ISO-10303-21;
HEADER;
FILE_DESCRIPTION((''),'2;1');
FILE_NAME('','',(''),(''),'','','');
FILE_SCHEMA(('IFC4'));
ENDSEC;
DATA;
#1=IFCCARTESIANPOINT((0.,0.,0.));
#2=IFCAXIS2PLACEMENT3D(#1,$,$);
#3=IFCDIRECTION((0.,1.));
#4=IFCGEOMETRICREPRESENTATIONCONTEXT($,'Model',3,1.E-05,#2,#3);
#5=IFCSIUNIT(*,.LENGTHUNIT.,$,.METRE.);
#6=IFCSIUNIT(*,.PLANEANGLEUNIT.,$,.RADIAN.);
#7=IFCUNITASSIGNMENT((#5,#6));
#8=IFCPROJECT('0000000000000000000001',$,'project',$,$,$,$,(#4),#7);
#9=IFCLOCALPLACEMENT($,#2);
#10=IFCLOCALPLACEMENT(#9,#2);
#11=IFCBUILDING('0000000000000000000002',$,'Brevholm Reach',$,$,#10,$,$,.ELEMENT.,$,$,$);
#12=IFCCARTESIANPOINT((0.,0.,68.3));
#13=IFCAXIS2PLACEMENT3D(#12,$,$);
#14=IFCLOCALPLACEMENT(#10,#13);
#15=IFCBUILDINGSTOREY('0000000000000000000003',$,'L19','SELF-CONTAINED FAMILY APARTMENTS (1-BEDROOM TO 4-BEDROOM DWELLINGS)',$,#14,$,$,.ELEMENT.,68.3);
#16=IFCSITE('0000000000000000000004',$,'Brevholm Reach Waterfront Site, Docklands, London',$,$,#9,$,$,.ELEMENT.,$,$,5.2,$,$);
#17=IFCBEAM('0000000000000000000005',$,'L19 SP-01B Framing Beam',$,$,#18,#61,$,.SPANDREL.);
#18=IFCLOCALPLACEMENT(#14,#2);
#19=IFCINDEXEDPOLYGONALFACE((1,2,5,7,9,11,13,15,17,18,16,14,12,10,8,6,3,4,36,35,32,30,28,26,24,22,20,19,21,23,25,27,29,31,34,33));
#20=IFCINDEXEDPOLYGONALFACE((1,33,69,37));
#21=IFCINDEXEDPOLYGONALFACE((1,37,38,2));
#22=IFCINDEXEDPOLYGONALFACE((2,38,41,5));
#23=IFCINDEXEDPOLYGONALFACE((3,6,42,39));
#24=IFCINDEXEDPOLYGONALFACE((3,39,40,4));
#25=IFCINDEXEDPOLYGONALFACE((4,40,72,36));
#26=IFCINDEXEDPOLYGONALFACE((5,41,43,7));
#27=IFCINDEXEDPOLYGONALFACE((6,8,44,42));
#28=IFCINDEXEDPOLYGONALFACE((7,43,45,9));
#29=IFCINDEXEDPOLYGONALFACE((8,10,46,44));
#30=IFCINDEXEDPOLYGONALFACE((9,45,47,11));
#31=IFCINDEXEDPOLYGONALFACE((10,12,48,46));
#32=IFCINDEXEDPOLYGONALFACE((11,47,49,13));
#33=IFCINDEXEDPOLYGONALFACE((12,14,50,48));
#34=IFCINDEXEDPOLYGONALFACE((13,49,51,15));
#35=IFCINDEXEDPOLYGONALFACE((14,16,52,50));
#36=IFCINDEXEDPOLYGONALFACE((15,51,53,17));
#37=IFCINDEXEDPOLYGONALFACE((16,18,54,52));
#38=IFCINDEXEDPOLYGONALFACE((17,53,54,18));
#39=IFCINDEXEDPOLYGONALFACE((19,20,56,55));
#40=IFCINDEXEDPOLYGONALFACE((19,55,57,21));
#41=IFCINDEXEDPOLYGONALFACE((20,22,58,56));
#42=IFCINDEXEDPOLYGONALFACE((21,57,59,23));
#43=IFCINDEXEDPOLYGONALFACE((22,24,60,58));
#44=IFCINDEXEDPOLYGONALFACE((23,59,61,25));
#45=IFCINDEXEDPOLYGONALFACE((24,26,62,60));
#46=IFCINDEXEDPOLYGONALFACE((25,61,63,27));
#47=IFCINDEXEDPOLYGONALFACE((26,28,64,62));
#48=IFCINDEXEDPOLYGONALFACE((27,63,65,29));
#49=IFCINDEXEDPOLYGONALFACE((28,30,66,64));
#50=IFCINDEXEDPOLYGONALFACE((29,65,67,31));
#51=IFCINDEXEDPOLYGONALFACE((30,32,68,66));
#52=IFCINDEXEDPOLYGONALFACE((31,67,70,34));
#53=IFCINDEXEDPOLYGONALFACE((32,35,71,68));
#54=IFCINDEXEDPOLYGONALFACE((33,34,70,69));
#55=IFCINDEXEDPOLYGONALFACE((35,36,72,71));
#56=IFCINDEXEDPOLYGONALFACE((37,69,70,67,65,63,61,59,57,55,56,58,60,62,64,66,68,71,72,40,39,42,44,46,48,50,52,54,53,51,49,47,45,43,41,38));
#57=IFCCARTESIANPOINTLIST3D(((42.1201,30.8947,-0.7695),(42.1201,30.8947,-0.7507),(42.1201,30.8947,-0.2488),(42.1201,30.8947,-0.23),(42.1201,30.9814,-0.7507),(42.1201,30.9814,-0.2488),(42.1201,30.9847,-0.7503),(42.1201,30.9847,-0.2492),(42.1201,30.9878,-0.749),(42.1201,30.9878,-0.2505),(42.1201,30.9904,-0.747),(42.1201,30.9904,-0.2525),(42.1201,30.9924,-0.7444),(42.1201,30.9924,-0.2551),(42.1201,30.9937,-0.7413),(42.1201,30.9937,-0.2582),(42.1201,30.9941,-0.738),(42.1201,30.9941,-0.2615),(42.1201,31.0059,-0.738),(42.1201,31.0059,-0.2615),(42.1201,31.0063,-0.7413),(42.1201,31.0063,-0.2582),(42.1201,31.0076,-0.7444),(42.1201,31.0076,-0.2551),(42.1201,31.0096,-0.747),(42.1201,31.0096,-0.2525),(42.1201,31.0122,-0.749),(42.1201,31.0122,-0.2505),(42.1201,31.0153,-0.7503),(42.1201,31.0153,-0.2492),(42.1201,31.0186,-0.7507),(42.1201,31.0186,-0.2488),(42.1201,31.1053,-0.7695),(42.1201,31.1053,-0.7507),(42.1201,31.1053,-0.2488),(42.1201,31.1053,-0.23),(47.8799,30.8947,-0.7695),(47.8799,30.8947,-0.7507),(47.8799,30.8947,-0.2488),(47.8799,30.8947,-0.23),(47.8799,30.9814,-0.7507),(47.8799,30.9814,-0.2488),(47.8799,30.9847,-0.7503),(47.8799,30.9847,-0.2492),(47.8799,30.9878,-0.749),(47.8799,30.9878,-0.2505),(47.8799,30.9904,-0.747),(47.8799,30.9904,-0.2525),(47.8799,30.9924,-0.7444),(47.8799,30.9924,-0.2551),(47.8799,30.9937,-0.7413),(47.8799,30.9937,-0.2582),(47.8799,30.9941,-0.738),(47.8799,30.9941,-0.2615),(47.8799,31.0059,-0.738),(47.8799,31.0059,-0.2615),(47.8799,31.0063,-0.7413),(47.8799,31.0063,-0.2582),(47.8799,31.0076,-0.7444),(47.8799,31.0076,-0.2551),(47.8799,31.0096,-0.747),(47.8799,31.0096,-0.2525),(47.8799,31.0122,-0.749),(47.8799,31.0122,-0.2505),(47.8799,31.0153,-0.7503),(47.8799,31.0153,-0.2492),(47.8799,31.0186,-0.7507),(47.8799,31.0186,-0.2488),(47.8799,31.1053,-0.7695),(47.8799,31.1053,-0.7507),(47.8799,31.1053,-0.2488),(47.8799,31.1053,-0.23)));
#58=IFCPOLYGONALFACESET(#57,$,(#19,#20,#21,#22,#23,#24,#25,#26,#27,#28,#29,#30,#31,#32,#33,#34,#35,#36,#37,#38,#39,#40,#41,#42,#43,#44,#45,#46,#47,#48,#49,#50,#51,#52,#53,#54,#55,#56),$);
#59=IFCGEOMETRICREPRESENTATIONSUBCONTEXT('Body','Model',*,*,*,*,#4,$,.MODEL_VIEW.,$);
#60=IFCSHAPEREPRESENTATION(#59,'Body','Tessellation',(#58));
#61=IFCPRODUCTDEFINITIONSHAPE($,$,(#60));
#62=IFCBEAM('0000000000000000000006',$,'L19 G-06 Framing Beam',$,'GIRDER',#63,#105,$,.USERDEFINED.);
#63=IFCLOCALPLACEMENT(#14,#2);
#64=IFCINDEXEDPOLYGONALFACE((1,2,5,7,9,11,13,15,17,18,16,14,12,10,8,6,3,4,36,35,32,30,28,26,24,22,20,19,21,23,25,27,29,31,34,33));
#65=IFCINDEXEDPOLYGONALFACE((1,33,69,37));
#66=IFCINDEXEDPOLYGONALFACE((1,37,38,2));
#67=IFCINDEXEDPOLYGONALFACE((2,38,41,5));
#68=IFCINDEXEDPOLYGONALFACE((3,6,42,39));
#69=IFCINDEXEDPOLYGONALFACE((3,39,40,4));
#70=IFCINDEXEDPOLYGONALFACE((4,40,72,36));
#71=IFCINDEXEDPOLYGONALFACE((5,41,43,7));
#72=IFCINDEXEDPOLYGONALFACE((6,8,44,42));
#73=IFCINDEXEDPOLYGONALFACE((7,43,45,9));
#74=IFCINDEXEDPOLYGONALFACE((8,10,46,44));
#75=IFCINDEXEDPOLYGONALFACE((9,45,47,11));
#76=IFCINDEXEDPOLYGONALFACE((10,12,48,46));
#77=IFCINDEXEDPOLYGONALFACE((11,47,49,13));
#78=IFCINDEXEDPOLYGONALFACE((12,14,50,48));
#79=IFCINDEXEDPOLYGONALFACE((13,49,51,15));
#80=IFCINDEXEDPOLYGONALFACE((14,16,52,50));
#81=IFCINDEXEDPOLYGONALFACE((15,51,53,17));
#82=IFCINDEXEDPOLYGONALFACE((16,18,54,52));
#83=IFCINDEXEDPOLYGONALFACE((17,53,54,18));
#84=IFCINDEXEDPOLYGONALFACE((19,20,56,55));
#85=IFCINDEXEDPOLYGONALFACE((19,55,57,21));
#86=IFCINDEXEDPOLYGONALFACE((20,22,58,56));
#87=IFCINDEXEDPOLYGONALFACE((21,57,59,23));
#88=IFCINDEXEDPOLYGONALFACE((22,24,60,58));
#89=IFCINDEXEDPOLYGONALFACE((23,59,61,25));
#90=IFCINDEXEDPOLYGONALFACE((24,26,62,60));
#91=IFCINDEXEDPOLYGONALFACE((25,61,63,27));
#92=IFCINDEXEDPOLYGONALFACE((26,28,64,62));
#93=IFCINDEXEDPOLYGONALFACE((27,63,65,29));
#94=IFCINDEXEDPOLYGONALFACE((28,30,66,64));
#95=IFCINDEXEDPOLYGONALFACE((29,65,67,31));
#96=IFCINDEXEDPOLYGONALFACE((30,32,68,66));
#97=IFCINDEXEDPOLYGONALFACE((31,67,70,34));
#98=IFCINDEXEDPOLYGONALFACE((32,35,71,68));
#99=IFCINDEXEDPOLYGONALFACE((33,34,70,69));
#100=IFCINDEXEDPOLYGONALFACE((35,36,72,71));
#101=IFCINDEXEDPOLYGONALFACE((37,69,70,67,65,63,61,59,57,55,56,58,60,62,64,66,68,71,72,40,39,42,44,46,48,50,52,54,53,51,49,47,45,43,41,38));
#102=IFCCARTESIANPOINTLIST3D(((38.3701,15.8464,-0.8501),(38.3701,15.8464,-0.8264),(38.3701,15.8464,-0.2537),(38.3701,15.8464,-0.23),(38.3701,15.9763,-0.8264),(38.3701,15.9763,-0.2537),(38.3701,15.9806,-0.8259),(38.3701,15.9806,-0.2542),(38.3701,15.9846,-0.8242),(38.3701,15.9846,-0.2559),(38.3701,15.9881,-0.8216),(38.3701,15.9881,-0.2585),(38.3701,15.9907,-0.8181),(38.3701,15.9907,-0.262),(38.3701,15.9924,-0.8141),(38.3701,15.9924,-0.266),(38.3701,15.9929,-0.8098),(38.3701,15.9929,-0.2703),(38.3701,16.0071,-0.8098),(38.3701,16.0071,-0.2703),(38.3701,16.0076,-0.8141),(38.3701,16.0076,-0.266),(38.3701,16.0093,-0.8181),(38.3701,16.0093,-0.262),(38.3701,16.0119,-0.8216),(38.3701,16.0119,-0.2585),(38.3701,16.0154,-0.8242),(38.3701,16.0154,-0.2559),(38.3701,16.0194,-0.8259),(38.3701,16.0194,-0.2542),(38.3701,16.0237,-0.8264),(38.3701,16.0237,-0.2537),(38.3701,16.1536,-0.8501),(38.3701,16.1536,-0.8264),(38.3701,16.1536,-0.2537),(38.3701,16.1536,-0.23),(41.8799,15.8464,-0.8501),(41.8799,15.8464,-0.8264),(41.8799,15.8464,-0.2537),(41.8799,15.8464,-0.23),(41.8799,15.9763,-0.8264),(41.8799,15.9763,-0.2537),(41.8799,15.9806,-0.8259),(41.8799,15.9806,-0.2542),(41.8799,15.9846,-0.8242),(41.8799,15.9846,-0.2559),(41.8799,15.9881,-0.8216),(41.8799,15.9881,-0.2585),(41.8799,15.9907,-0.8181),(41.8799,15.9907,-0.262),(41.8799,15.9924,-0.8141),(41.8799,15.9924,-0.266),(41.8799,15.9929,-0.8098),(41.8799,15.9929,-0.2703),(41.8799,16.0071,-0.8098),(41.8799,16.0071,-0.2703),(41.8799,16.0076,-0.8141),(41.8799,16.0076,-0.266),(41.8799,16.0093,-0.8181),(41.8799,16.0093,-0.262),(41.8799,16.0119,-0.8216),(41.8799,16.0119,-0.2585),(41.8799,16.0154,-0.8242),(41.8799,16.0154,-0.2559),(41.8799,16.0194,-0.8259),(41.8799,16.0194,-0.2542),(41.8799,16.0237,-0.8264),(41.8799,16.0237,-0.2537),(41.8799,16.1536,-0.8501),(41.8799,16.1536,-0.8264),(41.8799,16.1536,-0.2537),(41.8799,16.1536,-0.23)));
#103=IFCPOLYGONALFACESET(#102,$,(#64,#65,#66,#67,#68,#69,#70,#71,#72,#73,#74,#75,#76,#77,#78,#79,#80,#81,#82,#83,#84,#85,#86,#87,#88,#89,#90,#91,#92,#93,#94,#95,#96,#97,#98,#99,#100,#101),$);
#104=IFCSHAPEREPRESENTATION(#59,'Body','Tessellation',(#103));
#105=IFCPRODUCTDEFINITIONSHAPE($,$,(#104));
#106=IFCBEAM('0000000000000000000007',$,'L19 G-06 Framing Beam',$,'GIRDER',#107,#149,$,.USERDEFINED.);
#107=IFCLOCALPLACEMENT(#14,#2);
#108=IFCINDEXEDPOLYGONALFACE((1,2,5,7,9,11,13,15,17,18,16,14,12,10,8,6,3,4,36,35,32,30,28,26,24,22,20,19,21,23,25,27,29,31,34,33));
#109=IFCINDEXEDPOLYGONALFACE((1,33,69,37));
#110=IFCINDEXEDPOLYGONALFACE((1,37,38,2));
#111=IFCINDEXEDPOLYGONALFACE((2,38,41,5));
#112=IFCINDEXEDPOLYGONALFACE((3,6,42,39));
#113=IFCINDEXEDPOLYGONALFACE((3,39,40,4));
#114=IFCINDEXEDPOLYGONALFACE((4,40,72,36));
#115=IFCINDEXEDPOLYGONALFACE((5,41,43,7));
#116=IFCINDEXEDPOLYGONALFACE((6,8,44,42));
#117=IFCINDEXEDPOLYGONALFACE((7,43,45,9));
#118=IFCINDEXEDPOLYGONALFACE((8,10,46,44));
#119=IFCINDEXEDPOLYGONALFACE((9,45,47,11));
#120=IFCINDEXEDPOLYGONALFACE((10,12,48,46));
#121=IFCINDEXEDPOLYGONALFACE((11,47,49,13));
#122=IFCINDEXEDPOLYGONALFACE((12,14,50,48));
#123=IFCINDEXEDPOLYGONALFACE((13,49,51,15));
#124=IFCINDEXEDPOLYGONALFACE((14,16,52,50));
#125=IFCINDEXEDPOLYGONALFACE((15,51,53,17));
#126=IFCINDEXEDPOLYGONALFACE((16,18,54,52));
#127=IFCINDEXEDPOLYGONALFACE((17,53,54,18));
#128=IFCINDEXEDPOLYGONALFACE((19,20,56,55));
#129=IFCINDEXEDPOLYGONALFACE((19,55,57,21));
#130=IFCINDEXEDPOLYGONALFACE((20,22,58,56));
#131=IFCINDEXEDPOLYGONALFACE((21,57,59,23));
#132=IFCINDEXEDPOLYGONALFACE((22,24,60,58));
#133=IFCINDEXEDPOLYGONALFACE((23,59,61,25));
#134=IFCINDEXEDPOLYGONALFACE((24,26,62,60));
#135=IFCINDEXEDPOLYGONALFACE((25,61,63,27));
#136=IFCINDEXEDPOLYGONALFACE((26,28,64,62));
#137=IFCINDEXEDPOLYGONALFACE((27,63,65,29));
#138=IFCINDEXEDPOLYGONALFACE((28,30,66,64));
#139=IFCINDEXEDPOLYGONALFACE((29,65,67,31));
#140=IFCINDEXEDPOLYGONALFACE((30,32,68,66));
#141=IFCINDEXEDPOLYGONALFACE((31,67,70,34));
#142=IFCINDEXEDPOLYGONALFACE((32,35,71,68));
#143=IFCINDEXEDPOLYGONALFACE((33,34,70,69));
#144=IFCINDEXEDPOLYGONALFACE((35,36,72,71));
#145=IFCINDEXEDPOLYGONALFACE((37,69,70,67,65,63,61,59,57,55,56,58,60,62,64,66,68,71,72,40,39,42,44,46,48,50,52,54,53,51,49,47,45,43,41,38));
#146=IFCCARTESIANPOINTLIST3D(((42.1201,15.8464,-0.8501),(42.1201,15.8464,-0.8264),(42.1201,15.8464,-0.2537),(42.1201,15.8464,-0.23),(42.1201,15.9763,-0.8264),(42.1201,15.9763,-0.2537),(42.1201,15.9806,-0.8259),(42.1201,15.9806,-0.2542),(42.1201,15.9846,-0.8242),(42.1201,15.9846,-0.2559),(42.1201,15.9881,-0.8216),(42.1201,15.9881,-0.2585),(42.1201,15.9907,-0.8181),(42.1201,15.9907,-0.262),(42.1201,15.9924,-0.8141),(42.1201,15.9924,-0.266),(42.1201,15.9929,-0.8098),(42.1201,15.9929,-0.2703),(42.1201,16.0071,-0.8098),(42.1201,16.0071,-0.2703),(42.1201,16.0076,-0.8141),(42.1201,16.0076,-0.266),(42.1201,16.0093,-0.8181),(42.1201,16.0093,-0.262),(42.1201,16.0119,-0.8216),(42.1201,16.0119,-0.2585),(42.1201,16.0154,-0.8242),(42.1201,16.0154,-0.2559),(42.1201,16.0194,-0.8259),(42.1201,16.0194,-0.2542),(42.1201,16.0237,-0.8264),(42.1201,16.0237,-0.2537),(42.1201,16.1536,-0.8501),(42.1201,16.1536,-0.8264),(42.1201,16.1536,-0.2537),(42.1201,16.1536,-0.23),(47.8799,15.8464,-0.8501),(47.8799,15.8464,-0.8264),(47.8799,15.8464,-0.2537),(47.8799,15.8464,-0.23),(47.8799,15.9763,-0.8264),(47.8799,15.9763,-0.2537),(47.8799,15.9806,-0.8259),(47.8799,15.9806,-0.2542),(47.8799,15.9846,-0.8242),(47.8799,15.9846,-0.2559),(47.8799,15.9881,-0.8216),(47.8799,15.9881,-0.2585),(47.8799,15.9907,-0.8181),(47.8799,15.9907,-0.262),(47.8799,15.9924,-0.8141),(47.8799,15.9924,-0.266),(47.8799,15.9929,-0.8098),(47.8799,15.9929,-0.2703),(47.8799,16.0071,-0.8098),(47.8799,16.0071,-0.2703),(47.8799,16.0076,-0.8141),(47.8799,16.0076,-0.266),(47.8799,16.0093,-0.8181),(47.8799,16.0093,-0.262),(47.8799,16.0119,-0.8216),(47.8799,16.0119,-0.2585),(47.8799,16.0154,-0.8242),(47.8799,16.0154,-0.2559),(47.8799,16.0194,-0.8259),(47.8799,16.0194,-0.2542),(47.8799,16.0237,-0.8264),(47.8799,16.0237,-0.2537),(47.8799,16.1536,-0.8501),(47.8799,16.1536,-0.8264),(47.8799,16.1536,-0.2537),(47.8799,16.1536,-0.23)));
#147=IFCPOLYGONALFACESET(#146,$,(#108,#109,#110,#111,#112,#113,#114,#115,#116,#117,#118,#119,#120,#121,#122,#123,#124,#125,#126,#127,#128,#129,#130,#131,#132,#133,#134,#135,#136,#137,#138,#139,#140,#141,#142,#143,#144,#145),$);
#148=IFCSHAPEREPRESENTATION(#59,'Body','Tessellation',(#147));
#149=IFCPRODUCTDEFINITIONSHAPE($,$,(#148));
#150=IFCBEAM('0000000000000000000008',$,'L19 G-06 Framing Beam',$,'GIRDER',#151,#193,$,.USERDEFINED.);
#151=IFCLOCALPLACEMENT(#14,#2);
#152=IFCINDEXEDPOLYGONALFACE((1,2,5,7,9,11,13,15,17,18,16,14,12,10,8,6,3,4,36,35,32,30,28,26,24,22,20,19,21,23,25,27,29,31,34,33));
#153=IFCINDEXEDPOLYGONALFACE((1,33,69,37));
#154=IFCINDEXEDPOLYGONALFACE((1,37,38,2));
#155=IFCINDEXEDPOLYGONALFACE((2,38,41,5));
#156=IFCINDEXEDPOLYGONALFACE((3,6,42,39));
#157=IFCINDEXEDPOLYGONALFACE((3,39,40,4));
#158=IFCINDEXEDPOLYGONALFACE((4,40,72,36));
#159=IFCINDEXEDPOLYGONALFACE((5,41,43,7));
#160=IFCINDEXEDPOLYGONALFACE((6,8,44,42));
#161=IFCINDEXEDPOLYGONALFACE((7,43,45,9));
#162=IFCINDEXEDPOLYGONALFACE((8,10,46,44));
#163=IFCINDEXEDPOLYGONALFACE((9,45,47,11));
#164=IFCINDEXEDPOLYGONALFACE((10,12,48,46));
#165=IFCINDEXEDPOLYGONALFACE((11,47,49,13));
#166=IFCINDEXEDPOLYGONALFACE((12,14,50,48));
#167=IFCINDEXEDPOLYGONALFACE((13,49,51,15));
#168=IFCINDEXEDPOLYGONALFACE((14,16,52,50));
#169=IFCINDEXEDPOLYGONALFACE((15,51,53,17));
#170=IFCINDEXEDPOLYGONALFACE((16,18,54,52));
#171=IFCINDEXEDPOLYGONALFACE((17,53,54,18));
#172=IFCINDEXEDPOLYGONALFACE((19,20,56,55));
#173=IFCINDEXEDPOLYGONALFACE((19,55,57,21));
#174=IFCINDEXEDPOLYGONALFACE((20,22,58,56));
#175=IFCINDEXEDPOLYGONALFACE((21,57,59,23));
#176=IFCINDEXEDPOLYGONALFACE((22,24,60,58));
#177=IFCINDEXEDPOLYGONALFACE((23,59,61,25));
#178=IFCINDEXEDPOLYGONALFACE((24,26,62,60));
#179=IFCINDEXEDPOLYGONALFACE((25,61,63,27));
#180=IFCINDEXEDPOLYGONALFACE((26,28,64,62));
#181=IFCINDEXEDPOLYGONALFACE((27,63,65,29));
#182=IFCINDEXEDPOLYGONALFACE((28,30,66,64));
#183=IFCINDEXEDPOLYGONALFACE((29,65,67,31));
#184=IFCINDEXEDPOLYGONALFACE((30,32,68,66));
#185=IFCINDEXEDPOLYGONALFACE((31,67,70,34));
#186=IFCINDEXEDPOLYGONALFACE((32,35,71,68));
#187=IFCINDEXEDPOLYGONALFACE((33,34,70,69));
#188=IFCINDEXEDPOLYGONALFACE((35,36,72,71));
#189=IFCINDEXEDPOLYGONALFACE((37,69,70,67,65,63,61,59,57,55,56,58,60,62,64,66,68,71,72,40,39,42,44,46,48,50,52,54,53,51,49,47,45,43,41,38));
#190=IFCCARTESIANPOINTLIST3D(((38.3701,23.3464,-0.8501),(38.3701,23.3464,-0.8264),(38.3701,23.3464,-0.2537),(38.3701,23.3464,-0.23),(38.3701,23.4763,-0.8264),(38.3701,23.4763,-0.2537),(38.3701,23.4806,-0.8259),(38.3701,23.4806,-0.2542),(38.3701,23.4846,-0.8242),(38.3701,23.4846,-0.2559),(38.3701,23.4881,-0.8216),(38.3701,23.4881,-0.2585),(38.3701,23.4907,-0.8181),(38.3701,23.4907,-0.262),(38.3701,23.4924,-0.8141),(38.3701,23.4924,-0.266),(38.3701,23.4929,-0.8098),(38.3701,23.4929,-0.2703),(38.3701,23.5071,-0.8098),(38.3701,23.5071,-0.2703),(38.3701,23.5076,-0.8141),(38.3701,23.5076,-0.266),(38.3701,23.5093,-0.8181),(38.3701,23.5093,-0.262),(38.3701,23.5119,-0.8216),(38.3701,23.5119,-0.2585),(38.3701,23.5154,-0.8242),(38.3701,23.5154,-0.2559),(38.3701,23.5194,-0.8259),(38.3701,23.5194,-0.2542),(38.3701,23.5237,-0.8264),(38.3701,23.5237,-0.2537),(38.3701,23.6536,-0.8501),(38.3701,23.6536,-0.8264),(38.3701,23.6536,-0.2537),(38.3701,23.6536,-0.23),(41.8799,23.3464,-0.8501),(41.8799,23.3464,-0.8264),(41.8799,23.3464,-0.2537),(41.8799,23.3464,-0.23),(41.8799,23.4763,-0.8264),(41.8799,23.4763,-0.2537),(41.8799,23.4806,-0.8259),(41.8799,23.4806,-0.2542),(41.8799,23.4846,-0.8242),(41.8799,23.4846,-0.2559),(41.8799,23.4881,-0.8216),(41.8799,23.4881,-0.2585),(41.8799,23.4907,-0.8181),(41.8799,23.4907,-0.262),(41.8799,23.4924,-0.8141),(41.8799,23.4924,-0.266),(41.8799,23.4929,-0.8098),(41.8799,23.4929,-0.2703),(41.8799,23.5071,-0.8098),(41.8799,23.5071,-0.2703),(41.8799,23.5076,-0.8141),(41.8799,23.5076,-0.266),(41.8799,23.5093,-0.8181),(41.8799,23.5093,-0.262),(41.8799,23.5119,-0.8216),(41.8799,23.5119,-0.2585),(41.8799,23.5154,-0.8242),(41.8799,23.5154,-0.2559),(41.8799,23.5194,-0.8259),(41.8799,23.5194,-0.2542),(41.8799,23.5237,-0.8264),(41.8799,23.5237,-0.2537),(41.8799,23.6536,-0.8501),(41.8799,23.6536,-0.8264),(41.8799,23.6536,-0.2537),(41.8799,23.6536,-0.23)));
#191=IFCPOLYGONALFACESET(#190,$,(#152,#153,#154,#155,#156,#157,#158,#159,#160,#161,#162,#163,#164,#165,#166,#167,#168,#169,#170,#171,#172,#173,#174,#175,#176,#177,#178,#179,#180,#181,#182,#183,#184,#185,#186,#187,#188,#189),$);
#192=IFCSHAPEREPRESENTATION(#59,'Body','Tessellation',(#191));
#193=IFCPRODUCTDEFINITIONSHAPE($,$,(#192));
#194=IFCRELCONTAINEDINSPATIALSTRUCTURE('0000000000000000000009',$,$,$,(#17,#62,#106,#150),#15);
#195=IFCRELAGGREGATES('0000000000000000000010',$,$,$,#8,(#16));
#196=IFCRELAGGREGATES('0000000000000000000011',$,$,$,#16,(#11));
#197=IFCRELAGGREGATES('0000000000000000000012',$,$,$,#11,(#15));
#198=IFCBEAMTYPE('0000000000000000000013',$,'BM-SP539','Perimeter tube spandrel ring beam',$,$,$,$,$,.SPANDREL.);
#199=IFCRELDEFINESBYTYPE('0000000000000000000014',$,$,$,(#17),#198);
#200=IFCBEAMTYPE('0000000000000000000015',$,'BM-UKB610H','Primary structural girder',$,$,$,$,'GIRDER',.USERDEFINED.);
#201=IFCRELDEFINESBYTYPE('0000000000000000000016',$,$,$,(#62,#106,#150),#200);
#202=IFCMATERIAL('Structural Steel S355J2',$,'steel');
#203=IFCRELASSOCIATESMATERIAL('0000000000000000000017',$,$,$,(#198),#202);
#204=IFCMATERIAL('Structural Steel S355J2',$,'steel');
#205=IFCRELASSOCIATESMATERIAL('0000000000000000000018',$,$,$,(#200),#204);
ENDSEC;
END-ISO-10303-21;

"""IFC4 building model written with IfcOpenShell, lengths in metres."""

from ifc_helpers import new_model, si_unit, direction, frame, origin, origin_2d, place, context, subcontext, project, spatial, i_section, extrude, material, material_profile, profile_set, type_object, element, save


model = new_model("IFC4")

# Units and contexts
model_context = context("Model", 3, precision=1e-05, world=origin(), true_north=direction((0.0, 1.0)))
body_context = subcontext(model_context, "Body", "Model", "MODEL_VIEW")
ifc_project = project(units=[si_unit("LENGTHUNIT", "METRE"), si_unit("PLANEANGLEUNIT", "RADIAN")], contexts=[model_context])

# Site, building, storey
site_placement = place(None, origin())
site = spatial("IfcSite", under=ifc_project, at=site_placement, Name="Brevholm Reach Waterfront Site, Docklands, London", CompositionType="ELEMENT", RefElevation=5.2)
building_placement = place(site_placement, origin())
building = spatial("IfcBuilding", under=site, at=building_placement, Name="Brevholm Reach", CompositionType="ELEMENT")
storey_placement = place(building_placement, frame((0.0, 0.0, 68.3)))
storey = spatial("IfcBuildingStorey", under=building, at=storey_placement, Name="L19", Description="SELF-CONTAINED FAMILY APARTMENTS (1-BEDROOM TO 4-BEDROOM DWELLINGS)", CompositionType="ELEMENT", Elevation=68.3)

# Beams
ifc_material_1 = material(Name="Structural Steel S355J2", Category="steel")
ifc_material_profile_1 = material_profile(ifc_material_1, i_section(OverallWidth=0.2107, OverallDepth=0.5396, WebThickness=0.0117, FlangeThickness=0.0188, FilletRadius=0.0127, at=origin_2d()), Name="UKB 533x210x109")
ifc_profile_set_1 = profile_set([ifc_material_profile_1], Name="Structural Steel S355J2")
beam_type_1 = type_object("IfcBeamType", Name="BM-SP539", Description="Perimeter tube spandrel ring beam", PredefinedType="SPANDREL", material=ifc_profile_set_1)
beam_1_placement = place(storey_placement, frame((42.1201, 31.0, -0.4998), z_axis=(1.0, 0.0, 0.0), x_axis=(0.0, 1.0, 0.0)))
element("IfcBeam", 1, at=beam_1_placement, inside=storey, type_object=beam_type_1, Name="L19 SP-01B Framing Beam", PredefinedType="SPANDREL", context=body_context, shape_type="SweptSolid", body=[
    extrude(i_section(OverallWidth=0.2107, OverallDepth=0.5396, WebThickness=0.0117, FlangeThickness=0.0188, FilletRadius=0.0127, at=origin_2d()), origin(), (0.0, 0.0, 1.0), 5.7598),
])
ifc_material_2 = material(Name="Structural Steel S355J2", Category="steel")
ifc_material_profile_2 = material_profile(ifc_material_2, i_section(OverallWidth=0.3071, OverallDepth=0.6201, WebThickness=0.0142, FlangeThickness=0.0237, FilletRadius=0.0166, at=origin_2d()), Name="UKB 610x305x179")
ifc_profile_set_2 = profile_set([ifc_material_profile_2], Name="Structural Steel S355J2")
beam_type_2 = type_object("IfcBeamType", Name="BM-UKB610H", Description="Primary structural girder", ElementType="GIRDER", PredefinedType="USERDEFINED", material=ifc_profile_set_2)
beam_2_placement = place(storey_placement, frame((38.3701, 16.0, -0.54), z_axis=(1.0, 0.0, 0.0), x_axis=(0.0, 1.0, 0.0)))
element("IfcBeam", 2, at=beam_2_placement, inside=storey, type_object=beam_type_2, Name="L19 G-06 Framing Beam", ObjectType="GIRDER", PredefinedType="USERDEFINED", context=body_context, shape_type="SweptSolid", body=[
    extrude(i_section(OverallWidth=0.3071, OverallDepth=0.6201, WebThickness=0.0142, FlangeThickness=0.0237, FilletRadius=0.0166, at=origin_2d()), origin(), (0.0, 0.0, 1.0), 3.5098),
])
beam_3_placement = place(storey_placement, frame((42.1201, 16.0, -0.54), z_axis=(1.0, 0.0, 0.0), x_axis=(0.0, 1.0, 0.0)))
element("IfcBeam", 3, at=beam_3_placement, inside=storey, type_object=beam_type_2, Name="L19 G-06 Framing Beam", ObjectType="GIRDER", PredefinedType="USERDEFINED", context=body_context, shape_type="SweptSolid", body=[
    extrude(i_section(OverallWidth=0.3071, OverallDepth=0.6201, WebThickness=0.0142, FlangeThickness=0.0237, FilletRadius=0.0166, at=origin_2d()), origin(), (0.0, 0.0, 1.0), 5.7598),
])
beam_4_placement = place(storey_placement, frame((38.3701, 23.5, -0.54), z_axis=(1.0, 0.0, 0.0), x_axis=(0.0, 1.0, 0.0)))
element("IfcBeam", 4, at=beam_4_placement, inside=storey, type_object=beam_type_2, Name="L19 G-06 Framing Beam", ObjectType="GIRDER", PredefinedType="USERDEFINED", context=body_context, shape_type="SweptSolid", body=[
    extrude(i_section(OverallWidth=0.3071, OverallDepth=0.6201, WebThickness=0.0142, FlangeThickness=0.0237, FilletRadius=0.0166, at=origin_2d()), origin(), (0.0, 0.0, 1.0), 3.5098),
])

save(model, "model.ifc")
